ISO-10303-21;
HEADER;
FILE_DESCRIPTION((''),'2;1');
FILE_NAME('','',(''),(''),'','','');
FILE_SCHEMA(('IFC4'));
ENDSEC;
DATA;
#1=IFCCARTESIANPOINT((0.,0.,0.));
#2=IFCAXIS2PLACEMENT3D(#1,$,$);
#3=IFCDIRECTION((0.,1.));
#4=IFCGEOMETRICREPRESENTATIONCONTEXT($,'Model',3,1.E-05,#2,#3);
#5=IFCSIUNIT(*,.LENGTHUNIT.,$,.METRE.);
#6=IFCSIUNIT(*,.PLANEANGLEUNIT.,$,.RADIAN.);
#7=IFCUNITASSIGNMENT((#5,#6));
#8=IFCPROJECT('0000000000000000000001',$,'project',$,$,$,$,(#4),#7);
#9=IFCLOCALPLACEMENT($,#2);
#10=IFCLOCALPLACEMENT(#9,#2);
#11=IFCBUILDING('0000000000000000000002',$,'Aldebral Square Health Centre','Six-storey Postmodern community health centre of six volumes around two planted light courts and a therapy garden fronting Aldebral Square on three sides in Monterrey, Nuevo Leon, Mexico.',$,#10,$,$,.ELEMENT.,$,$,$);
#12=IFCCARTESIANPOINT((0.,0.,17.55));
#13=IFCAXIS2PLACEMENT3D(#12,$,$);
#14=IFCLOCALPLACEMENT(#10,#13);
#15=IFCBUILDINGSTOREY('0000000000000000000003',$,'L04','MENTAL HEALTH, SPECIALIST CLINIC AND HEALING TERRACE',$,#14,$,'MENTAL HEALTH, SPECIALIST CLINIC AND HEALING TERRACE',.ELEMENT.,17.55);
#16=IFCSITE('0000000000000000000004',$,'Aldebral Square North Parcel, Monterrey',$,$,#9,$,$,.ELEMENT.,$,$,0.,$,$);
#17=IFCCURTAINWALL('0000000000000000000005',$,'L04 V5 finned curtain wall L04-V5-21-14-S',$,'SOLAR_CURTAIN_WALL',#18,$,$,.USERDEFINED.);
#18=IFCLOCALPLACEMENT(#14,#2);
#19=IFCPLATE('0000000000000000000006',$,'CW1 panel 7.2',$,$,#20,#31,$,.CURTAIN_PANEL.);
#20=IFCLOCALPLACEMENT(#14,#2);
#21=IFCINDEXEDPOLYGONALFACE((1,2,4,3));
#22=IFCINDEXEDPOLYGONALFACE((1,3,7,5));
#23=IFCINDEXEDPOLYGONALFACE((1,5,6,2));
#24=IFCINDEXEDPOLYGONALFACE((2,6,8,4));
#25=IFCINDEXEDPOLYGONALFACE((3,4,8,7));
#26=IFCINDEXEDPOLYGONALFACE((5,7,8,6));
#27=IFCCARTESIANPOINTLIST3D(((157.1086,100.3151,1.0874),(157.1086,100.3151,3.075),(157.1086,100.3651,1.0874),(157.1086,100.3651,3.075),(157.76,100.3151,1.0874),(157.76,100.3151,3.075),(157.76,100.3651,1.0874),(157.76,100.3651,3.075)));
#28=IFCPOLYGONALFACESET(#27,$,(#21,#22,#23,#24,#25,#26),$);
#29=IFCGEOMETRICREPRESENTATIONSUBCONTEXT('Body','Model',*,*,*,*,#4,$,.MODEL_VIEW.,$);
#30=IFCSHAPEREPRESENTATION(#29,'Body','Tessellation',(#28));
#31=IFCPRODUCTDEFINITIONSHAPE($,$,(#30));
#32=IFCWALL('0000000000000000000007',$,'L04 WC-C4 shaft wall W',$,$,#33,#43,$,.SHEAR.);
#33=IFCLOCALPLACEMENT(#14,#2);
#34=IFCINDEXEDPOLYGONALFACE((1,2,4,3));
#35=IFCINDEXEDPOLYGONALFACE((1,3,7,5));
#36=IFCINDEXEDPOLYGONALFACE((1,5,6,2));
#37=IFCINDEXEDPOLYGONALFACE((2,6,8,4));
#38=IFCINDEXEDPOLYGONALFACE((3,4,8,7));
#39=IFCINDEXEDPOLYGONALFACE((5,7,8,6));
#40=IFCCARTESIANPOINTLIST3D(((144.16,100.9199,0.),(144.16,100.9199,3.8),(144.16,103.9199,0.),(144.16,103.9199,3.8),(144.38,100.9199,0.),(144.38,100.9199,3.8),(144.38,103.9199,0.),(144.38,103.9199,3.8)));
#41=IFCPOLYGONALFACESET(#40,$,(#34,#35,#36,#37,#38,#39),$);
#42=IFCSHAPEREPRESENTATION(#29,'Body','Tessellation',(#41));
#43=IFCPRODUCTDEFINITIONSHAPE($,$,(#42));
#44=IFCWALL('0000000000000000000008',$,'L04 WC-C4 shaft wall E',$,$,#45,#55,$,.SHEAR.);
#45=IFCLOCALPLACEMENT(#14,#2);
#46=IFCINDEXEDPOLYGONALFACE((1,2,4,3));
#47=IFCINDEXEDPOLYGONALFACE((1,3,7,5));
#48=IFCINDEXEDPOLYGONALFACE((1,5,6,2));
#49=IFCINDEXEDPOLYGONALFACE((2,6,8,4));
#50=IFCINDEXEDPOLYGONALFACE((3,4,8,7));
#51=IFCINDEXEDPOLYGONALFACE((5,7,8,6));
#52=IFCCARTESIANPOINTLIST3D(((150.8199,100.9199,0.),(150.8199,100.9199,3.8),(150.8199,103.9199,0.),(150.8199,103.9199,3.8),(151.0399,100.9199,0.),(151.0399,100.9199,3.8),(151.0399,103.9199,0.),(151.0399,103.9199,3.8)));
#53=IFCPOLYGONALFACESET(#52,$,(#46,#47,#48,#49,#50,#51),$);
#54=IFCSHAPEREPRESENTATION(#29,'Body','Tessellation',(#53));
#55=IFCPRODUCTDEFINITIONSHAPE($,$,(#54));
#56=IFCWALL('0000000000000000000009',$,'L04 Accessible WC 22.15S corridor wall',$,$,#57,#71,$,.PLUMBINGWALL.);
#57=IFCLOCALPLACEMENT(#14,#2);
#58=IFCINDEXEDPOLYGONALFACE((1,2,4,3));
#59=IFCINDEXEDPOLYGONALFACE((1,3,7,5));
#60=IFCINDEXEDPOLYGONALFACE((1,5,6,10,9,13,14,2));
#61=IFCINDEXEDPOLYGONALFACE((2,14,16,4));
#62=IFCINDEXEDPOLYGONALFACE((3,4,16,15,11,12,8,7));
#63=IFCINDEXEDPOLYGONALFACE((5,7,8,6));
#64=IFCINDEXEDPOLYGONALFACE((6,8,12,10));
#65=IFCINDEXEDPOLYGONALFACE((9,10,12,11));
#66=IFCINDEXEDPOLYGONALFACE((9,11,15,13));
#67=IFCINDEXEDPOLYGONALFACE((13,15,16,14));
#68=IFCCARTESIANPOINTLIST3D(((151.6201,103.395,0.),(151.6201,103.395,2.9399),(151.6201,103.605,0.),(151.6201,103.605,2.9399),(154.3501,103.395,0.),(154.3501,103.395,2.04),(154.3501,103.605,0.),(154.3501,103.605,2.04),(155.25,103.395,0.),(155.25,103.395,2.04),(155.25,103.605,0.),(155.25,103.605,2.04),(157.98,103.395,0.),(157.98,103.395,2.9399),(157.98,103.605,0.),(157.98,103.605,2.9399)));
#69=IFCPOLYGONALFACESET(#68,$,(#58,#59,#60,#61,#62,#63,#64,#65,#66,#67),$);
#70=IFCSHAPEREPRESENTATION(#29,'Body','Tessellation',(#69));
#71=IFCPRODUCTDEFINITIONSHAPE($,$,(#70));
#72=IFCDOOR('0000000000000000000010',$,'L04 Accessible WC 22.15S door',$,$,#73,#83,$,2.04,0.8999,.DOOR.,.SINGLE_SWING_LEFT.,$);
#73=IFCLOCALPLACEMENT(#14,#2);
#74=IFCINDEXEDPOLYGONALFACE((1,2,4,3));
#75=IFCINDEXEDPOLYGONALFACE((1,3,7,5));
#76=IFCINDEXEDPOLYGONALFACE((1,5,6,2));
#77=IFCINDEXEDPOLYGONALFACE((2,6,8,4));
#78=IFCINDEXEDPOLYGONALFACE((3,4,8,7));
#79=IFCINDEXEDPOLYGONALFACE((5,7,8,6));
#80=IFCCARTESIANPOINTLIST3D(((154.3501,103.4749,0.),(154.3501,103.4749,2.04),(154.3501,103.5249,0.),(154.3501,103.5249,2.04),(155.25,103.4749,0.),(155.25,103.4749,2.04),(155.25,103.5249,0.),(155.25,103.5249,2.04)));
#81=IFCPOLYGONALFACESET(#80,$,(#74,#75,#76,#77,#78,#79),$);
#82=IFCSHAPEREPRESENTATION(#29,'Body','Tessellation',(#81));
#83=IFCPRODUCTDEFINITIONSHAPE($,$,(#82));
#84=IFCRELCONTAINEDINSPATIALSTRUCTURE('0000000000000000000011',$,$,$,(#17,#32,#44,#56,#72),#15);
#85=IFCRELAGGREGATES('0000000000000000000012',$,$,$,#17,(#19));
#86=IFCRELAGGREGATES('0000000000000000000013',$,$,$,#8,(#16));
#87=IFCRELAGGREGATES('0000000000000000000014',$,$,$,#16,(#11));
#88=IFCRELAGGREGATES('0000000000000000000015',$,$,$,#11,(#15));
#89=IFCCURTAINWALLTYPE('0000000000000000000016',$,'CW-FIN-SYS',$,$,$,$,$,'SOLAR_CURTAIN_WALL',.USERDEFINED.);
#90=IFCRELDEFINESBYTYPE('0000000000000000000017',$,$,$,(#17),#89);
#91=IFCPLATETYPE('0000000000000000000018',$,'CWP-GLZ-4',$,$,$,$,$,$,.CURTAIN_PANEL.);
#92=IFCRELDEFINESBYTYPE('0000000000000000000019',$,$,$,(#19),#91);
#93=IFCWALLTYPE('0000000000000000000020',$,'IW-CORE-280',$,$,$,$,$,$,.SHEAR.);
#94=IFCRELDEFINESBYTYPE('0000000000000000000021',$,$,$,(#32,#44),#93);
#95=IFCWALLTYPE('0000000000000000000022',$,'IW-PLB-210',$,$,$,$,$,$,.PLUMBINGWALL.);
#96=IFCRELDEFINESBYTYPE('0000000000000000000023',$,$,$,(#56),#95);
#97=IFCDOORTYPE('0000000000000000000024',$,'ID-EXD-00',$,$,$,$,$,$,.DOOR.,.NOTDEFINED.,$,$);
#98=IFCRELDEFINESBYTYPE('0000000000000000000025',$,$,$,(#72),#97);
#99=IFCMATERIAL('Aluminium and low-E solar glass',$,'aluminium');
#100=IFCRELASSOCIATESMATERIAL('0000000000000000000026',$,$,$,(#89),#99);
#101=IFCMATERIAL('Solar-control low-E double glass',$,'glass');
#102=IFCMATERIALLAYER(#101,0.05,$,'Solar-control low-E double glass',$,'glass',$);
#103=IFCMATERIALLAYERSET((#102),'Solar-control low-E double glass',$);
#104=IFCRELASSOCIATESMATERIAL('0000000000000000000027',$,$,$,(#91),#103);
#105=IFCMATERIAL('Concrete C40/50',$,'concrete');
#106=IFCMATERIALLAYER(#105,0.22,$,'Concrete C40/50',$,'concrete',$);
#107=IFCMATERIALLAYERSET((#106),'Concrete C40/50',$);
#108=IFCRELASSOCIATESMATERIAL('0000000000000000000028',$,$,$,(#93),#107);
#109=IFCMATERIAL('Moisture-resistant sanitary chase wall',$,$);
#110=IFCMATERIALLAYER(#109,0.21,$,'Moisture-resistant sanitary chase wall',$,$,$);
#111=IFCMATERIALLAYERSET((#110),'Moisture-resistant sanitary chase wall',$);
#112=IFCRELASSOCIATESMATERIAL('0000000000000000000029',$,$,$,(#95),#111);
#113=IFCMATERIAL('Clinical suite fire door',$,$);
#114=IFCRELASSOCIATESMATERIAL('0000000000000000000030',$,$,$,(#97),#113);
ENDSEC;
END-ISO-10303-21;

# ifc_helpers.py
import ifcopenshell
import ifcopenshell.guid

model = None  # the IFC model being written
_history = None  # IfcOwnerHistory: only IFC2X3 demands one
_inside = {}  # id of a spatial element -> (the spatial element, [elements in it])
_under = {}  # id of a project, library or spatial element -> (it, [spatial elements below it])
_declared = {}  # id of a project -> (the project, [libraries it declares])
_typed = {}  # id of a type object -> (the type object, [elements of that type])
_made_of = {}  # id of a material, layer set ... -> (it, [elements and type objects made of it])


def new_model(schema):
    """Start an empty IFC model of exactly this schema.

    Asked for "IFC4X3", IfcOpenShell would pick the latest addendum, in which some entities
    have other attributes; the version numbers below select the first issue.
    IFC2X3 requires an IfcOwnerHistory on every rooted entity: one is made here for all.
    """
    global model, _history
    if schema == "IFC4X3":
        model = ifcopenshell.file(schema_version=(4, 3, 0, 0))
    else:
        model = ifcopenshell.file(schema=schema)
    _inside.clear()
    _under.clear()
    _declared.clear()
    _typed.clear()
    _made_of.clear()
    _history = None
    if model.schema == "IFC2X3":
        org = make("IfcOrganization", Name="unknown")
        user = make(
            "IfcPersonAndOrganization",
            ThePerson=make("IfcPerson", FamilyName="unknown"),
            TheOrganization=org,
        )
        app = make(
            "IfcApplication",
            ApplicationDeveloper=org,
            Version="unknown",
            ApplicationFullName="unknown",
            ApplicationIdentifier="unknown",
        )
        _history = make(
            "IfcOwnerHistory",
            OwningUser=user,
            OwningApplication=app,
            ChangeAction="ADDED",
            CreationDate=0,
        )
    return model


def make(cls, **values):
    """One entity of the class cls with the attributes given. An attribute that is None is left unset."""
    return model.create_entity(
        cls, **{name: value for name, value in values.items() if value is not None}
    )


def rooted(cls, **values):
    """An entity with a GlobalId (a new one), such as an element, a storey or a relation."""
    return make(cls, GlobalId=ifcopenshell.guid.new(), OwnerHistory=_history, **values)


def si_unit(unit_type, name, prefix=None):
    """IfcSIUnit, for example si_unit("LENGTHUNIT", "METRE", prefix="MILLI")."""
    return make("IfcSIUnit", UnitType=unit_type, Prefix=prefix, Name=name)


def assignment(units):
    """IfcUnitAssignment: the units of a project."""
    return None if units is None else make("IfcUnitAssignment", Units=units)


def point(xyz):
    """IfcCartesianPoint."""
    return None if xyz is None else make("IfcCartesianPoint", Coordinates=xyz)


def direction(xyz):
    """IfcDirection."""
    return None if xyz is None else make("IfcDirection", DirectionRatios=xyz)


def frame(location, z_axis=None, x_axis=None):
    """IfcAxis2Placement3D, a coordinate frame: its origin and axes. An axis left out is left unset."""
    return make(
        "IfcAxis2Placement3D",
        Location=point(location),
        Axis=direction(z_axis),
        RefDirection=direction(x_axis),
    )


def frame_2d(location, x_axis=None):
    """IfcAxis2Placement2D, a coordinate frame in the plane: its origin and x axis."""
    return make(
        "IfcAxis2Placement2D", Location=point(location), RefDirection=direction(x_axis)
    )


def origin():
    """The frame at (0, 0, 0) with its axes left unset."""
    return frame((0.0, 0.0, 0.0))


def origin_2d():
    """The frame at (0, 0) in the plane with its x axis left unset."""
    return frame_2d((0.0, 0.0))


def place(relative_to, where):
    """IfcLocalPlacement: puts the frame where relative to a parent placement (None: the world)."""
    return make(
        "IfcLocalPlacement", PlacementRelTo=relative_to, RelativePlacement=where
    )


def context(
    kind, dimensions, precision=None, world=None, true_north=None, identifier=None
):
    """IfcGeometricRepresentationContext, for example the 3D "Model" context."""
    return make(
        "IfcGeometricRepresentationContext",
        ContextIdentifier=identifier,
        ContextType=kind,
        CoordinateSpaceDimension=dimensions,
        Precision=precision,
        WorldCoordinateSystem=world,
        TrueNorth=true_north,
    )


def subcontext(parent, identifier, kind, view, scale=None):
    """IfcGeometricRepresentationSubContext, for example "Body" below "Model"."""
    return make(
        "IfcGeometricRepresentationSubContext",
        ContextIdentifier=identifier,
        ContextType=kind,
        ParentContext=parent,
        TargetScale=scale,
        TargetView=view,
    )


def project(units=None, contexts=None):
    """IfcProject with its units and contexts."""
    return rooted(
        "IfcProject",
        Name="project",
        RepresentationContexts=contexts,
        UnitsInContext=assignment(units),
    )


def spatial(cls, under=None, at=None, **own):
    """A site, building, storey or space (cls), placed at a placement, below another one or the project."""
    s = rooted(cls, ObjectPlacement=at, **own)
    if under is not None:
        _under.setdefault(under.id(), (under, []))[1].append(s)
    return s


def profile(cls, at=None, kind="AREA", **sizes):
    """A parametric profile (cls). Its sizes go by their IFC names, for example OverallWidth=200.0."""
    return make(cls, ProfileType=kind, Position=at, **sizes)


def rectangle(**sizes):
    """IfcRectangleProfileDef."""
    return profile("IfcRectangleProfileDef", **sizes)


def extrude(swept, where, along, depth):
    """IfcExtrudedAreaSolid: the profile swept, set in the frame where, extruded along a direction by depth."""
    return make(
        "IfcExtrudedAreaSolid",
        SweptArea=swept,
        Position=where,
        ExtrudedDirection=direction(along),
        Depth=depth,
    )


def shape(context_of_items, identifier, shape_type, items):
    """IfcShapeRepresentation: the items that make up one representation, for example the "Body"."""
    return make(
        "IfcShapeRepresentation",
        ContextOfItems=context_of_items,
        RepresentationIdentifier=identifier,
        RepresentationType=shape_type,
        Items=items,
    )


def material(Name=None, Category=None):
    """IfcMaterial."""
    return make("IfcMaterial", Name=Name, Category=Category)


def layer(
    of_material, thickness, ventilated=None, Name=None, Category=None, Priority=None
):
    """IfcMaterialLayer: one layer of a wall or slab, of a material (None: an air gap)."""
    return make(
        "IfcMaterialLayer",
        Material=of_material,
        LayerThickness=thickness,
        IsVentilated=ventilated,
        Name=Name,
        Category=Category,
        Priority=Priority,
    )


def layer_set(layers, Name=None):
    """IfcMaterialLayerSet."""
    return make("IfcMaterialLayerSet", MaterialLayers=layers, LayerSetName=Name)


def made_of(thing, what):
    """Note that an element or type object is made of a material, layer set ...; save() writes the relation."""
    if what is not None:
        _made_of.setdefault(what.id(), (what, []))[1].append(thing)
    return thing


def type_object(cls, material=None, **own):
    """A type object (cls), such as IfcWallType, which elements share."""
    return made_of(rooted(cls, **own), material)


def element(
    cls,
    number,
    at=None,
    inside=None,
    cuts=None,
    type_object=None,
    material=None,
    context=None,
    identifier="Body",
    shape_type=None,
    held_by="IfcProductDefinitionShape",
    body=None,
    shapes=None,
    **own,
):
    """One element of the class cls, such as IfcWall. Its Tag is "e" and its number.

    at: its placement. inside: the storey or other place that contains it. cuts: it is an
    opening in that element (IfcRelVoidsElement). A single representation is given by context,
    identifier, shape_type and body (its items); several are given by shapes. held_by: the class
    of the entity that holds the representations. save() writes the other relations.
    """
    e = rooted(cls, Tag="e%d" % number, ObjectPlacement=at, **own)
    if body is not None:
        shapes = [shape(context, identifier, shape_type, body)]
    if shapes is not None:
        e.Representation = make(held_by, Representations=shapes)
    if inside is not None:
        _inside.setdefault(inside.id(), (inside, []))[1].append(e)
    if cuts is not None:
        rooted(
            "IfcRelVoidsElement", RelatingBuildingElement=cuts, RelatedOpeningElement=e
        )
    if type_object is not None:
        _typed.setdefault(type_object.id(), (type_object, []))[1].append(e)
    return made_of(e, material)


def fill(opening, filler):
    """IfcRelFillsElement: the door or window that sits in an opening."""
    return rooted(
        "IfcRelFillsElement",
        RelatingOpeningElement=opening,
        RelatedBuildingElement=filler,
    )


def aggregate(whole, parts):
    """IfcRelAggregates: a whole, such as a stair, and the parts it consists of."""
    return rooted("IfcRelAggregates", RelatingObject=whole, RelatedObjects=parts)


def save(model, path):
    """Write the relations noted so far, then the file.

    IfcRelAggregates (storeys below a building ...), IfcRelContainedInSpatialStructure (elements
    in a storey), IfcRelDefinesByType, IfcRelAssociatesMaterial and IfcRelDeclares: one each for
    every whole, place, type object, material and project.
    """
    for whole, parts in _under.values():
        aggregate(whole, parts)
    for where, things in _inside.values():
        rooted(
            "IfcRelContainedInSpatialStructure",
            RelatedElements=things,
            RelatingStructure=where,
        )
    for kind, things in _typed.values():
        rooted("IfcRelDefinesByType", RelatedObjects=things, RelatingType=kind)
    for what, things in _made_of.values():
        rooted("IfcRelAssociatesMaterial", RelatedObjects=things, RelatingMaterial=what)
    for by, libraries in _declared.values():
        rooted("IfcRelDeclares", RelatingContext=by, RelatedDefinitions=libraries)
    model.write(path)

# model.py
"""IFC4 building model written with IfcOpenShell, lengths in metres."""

from ifc_helpers import new_model, si_unit, direction, frame, frame_2d, origin, origin_2d, place, context, subcontext, project, spatial, rectangle, extrude, material, layer, layer_set, type_object, element, fill, aggregate, save


model = new_model("IFC4")

# Units and contexts
model_context = context("Model", 3, precision=1e-05, world=origin(), true_north=direction((0.0, 1.0)))
body_context = subcontext(model_context, "Body", "Model", "MODEL_VIEW")
ifc_project = project(units=[si_unit("LENGTHUNIT", "METRE"), si_unit("PLANEANGLEUNIT", "RADIAN")], contexts=[model_context])

# Site, building, storey
site_placement = place(None, origin())
site = spatial("IfcSite", under=ifc_project, at=site_placement, Name="Aldebral Square North Parcel, Monterrey", CompositionType="ELEMENT", RefElevation=0.0)
building_placement = place(site_placement, origin())
building = spatial("IfcBuilding", under=site, at=building_placement, Name="Aldebral Square Health Centre", Description="Six-storey Postmodern community health centre of six volumes around two planted light courts and a therapy garden fronting Aldebral Square on three sides in Monterrey, Nuevo Leon, Mexico.", CompositionType="ELEMENT")
storey_placement = place(building_placement, frame((0.0, 0.0, 17.55)))
storey = spatial("IfcBuildingStorey", under=building, at=storey_placement, Name="L04", Description="MENTAL HEALTH, SPECIALIST CLINIC AND HEALING TERRACE", LongName="MENTAL HEALTH, SPECIALIST CLINIC AND HEALING TERRACE", CompositionType="ELEMENT", Elevation=17.55)

# Shared definitions
ifc_material_1 = material(Name="Concrete C40/50", Category="concrete")

# Curtain wall, plate
ifc_material_2 = material(Name="Aluminium and low-E solar glass", Category="aluminium")
curtain_wall_type = type_object("IfcCurtainWallType", Name="CW-FIN-SYS", ElementType="SOLAR_CURTAIN_WALL", PredefinedType="USERDEFINED", material=ifc_material_2)
curtain_wall_placement = place(storey_placement, origin())
curtain_wall = element("IfcCurtainWall", 1, at=curtain_wall_placement, inside=storey, type_object=curtain_wall_type, Name="L04 V5 finned curtain wall L04-V5-21-14-S", ObjectType="SOLAR_CURTAIN_WALL", PredefinedType="USERDEFINED")
ifc_material_3 = material(Name="Solar-control low-E double glass", Category="glass")
ifc_layer_1 = layer(ifc_material_3, 0.05, Name="Solar-control low-E double glass", Category="glass")
ifc_layer_set_1 = layer_set([ifc_layer_1], Name="Solar-control low-E double glass")
plate_type = type_object("IfcPlateType", Name="CWP-GLZ-4", PredefinedType="CURTAIN_PANEL", material=ifc_layer_set_1)
plate_1_placement = place(storey_placement, frame((157.4343, 100.3401, 1.0874), z_axis=(0.0, 0.0, 1.0), x_axis=(1.0, 0.0, 0.0)))
plate_1 = element("IfcPlate", 2, at=plate_1_placement, type_object=plate_type, Name="CW1 panel 7.2", PredefinedType="CURTAIN_PANEL", context=body_context, shape_type="SweptSolid", body=[
    extrude(rectangle(XDim=0.6514, YDim=0.05, at=origin_2d()), origin(), (0.0, 0.0, 1.0), 1.9875),
])
aggregate(curtain_wall, [plate_1])

# Walls
ifc_layer_2 = layer(ifc_material_1, 0.22, Name="Concrete C40/50", Category="concrete")
ifc_layer_set_2 = layer_set([ifc_layer_2], Name="Concrete C40/50")
wall_type_1 = type_object("IfcWallType", Name="IW-CORE-280", PredefinedType="SHEAR", material=ifc_layer_set_2)
for number, where, z_axis, x_axis, name in (
    (3, (144.27, 100.9199, 0.0), (0.0, 0.0, 1.0), (0.0, 1.0, 0.0), "L04 WC-C4 shaft wall W"),
    (4, (150.9299, 100.9199, 0.0), (0.0, 0.0, 1.0), (0.0, 1.0, 0.0), "L04 WC-C4 shaft wall E"),
):
    element("IfcWall", number, at=place(storey_placement, frame(where, z_axis=z_axis, x_axis=x_axis)), inside=storey, type_object=wall_type_1, Name=name, PredefinedType="SHEAR", context=body_context, shape_type="SweptSolid", body=[
        extrude(rectangle(XDim=3.0, YDim=0.22, at=frame_2d((1.5, 0.0))), origin(), (0.0, 0.0, 1.0), 3.8),
    ])

# Wall, opening, door
ifc_material_4 = material(Name="Moisture-resistant sanitary chase wall")
ifc_layer_3 = layer(ifc_material_4, 0.21, Name="Moisture-resistant sanitary chase wall")
ifc_layer_set_3 = layer_set([ifc_layer_3], Name="Moisture-resistant sanitary chase wall")
wall_type_2 = type_object("IfcWallType", Name="IW-PLB-210", PredefinedType="PLUMBINGWALL", material=ifc_layer_set_3)
wall_placement = place(storey_placement, frame((151.6201, 103.5, 0.0), z_axis=(0.0, 0.0, 1.0), x_axis=(1.0, 0.0, 0.0)))
wall = element("IfcWall", 5, at=wall_placement, inside=storey, type_object=wall_type_2, Name="L04 Accessible WC 22.15S corridor wall", PredefinedType="PLUMBINGWALL", context=body_context, shape_type="SweptSolid", body=[
    extrude(rectangle(XDim=6.3599, YDim=0.21, at=frame_2d((3.1799, 0.0))), origin(), (0.0, 0.0, 1.0), 2.9399),
])
opening_placement = place(wall_placement, frame((2.73, 0.0, 0.0)))
opening = element("IfcOpeningElement", 6, at=opening_placement, cuts=wall, PredefinedType="OPENING", context=body_context, shape_type="SweptSolid", body=[
    extrude(rectangle(XDim=0.8999, YDim=2.04, at=frame_2d((0.45, 1.02))), frame((0.0, 0.115, 0.0), z_axis=(0.0, -1.0, 0.0), x_axis=(1.0, 0.0, 0.0)), (0.0, 0.0, 1.0), 0.23),
])
ifc_material_5 = material(Name="Clinical suite fire door")
door_type = type_object("IfcDoorType", Name="ID-EXD-00", OperationType="NOTDEFINED", PredefinedType="DOOR", material=ifc_material_5)
door_placement = place(opening_placement, origin())
door = element("IfcDoor", 7, at=door_placement, inside=storey, type_object=door_type, Name="L04 Accessible WC 22.15S door", OperationType="SINGLE_SWING_LEFT", OverallHeight=2.04, OverallWidth=0.8999, PredefinedType="DOOR", context=body_context, shape_type="SweptSolid", body=[
    extrude(rectangle(XDim=0.8999, YDim=2.04, at=frame_2d((0.45, 1.02))), frame((0.0, 0.0249, 0.0), z_axis=(0.0, -1.0, 0.0), x_axis=(1.0, 0.0, 0.0)), (0.0, 0.0, 1.0), 0.05),
])
fill(opening, door)

save(model, "model.ifc")
